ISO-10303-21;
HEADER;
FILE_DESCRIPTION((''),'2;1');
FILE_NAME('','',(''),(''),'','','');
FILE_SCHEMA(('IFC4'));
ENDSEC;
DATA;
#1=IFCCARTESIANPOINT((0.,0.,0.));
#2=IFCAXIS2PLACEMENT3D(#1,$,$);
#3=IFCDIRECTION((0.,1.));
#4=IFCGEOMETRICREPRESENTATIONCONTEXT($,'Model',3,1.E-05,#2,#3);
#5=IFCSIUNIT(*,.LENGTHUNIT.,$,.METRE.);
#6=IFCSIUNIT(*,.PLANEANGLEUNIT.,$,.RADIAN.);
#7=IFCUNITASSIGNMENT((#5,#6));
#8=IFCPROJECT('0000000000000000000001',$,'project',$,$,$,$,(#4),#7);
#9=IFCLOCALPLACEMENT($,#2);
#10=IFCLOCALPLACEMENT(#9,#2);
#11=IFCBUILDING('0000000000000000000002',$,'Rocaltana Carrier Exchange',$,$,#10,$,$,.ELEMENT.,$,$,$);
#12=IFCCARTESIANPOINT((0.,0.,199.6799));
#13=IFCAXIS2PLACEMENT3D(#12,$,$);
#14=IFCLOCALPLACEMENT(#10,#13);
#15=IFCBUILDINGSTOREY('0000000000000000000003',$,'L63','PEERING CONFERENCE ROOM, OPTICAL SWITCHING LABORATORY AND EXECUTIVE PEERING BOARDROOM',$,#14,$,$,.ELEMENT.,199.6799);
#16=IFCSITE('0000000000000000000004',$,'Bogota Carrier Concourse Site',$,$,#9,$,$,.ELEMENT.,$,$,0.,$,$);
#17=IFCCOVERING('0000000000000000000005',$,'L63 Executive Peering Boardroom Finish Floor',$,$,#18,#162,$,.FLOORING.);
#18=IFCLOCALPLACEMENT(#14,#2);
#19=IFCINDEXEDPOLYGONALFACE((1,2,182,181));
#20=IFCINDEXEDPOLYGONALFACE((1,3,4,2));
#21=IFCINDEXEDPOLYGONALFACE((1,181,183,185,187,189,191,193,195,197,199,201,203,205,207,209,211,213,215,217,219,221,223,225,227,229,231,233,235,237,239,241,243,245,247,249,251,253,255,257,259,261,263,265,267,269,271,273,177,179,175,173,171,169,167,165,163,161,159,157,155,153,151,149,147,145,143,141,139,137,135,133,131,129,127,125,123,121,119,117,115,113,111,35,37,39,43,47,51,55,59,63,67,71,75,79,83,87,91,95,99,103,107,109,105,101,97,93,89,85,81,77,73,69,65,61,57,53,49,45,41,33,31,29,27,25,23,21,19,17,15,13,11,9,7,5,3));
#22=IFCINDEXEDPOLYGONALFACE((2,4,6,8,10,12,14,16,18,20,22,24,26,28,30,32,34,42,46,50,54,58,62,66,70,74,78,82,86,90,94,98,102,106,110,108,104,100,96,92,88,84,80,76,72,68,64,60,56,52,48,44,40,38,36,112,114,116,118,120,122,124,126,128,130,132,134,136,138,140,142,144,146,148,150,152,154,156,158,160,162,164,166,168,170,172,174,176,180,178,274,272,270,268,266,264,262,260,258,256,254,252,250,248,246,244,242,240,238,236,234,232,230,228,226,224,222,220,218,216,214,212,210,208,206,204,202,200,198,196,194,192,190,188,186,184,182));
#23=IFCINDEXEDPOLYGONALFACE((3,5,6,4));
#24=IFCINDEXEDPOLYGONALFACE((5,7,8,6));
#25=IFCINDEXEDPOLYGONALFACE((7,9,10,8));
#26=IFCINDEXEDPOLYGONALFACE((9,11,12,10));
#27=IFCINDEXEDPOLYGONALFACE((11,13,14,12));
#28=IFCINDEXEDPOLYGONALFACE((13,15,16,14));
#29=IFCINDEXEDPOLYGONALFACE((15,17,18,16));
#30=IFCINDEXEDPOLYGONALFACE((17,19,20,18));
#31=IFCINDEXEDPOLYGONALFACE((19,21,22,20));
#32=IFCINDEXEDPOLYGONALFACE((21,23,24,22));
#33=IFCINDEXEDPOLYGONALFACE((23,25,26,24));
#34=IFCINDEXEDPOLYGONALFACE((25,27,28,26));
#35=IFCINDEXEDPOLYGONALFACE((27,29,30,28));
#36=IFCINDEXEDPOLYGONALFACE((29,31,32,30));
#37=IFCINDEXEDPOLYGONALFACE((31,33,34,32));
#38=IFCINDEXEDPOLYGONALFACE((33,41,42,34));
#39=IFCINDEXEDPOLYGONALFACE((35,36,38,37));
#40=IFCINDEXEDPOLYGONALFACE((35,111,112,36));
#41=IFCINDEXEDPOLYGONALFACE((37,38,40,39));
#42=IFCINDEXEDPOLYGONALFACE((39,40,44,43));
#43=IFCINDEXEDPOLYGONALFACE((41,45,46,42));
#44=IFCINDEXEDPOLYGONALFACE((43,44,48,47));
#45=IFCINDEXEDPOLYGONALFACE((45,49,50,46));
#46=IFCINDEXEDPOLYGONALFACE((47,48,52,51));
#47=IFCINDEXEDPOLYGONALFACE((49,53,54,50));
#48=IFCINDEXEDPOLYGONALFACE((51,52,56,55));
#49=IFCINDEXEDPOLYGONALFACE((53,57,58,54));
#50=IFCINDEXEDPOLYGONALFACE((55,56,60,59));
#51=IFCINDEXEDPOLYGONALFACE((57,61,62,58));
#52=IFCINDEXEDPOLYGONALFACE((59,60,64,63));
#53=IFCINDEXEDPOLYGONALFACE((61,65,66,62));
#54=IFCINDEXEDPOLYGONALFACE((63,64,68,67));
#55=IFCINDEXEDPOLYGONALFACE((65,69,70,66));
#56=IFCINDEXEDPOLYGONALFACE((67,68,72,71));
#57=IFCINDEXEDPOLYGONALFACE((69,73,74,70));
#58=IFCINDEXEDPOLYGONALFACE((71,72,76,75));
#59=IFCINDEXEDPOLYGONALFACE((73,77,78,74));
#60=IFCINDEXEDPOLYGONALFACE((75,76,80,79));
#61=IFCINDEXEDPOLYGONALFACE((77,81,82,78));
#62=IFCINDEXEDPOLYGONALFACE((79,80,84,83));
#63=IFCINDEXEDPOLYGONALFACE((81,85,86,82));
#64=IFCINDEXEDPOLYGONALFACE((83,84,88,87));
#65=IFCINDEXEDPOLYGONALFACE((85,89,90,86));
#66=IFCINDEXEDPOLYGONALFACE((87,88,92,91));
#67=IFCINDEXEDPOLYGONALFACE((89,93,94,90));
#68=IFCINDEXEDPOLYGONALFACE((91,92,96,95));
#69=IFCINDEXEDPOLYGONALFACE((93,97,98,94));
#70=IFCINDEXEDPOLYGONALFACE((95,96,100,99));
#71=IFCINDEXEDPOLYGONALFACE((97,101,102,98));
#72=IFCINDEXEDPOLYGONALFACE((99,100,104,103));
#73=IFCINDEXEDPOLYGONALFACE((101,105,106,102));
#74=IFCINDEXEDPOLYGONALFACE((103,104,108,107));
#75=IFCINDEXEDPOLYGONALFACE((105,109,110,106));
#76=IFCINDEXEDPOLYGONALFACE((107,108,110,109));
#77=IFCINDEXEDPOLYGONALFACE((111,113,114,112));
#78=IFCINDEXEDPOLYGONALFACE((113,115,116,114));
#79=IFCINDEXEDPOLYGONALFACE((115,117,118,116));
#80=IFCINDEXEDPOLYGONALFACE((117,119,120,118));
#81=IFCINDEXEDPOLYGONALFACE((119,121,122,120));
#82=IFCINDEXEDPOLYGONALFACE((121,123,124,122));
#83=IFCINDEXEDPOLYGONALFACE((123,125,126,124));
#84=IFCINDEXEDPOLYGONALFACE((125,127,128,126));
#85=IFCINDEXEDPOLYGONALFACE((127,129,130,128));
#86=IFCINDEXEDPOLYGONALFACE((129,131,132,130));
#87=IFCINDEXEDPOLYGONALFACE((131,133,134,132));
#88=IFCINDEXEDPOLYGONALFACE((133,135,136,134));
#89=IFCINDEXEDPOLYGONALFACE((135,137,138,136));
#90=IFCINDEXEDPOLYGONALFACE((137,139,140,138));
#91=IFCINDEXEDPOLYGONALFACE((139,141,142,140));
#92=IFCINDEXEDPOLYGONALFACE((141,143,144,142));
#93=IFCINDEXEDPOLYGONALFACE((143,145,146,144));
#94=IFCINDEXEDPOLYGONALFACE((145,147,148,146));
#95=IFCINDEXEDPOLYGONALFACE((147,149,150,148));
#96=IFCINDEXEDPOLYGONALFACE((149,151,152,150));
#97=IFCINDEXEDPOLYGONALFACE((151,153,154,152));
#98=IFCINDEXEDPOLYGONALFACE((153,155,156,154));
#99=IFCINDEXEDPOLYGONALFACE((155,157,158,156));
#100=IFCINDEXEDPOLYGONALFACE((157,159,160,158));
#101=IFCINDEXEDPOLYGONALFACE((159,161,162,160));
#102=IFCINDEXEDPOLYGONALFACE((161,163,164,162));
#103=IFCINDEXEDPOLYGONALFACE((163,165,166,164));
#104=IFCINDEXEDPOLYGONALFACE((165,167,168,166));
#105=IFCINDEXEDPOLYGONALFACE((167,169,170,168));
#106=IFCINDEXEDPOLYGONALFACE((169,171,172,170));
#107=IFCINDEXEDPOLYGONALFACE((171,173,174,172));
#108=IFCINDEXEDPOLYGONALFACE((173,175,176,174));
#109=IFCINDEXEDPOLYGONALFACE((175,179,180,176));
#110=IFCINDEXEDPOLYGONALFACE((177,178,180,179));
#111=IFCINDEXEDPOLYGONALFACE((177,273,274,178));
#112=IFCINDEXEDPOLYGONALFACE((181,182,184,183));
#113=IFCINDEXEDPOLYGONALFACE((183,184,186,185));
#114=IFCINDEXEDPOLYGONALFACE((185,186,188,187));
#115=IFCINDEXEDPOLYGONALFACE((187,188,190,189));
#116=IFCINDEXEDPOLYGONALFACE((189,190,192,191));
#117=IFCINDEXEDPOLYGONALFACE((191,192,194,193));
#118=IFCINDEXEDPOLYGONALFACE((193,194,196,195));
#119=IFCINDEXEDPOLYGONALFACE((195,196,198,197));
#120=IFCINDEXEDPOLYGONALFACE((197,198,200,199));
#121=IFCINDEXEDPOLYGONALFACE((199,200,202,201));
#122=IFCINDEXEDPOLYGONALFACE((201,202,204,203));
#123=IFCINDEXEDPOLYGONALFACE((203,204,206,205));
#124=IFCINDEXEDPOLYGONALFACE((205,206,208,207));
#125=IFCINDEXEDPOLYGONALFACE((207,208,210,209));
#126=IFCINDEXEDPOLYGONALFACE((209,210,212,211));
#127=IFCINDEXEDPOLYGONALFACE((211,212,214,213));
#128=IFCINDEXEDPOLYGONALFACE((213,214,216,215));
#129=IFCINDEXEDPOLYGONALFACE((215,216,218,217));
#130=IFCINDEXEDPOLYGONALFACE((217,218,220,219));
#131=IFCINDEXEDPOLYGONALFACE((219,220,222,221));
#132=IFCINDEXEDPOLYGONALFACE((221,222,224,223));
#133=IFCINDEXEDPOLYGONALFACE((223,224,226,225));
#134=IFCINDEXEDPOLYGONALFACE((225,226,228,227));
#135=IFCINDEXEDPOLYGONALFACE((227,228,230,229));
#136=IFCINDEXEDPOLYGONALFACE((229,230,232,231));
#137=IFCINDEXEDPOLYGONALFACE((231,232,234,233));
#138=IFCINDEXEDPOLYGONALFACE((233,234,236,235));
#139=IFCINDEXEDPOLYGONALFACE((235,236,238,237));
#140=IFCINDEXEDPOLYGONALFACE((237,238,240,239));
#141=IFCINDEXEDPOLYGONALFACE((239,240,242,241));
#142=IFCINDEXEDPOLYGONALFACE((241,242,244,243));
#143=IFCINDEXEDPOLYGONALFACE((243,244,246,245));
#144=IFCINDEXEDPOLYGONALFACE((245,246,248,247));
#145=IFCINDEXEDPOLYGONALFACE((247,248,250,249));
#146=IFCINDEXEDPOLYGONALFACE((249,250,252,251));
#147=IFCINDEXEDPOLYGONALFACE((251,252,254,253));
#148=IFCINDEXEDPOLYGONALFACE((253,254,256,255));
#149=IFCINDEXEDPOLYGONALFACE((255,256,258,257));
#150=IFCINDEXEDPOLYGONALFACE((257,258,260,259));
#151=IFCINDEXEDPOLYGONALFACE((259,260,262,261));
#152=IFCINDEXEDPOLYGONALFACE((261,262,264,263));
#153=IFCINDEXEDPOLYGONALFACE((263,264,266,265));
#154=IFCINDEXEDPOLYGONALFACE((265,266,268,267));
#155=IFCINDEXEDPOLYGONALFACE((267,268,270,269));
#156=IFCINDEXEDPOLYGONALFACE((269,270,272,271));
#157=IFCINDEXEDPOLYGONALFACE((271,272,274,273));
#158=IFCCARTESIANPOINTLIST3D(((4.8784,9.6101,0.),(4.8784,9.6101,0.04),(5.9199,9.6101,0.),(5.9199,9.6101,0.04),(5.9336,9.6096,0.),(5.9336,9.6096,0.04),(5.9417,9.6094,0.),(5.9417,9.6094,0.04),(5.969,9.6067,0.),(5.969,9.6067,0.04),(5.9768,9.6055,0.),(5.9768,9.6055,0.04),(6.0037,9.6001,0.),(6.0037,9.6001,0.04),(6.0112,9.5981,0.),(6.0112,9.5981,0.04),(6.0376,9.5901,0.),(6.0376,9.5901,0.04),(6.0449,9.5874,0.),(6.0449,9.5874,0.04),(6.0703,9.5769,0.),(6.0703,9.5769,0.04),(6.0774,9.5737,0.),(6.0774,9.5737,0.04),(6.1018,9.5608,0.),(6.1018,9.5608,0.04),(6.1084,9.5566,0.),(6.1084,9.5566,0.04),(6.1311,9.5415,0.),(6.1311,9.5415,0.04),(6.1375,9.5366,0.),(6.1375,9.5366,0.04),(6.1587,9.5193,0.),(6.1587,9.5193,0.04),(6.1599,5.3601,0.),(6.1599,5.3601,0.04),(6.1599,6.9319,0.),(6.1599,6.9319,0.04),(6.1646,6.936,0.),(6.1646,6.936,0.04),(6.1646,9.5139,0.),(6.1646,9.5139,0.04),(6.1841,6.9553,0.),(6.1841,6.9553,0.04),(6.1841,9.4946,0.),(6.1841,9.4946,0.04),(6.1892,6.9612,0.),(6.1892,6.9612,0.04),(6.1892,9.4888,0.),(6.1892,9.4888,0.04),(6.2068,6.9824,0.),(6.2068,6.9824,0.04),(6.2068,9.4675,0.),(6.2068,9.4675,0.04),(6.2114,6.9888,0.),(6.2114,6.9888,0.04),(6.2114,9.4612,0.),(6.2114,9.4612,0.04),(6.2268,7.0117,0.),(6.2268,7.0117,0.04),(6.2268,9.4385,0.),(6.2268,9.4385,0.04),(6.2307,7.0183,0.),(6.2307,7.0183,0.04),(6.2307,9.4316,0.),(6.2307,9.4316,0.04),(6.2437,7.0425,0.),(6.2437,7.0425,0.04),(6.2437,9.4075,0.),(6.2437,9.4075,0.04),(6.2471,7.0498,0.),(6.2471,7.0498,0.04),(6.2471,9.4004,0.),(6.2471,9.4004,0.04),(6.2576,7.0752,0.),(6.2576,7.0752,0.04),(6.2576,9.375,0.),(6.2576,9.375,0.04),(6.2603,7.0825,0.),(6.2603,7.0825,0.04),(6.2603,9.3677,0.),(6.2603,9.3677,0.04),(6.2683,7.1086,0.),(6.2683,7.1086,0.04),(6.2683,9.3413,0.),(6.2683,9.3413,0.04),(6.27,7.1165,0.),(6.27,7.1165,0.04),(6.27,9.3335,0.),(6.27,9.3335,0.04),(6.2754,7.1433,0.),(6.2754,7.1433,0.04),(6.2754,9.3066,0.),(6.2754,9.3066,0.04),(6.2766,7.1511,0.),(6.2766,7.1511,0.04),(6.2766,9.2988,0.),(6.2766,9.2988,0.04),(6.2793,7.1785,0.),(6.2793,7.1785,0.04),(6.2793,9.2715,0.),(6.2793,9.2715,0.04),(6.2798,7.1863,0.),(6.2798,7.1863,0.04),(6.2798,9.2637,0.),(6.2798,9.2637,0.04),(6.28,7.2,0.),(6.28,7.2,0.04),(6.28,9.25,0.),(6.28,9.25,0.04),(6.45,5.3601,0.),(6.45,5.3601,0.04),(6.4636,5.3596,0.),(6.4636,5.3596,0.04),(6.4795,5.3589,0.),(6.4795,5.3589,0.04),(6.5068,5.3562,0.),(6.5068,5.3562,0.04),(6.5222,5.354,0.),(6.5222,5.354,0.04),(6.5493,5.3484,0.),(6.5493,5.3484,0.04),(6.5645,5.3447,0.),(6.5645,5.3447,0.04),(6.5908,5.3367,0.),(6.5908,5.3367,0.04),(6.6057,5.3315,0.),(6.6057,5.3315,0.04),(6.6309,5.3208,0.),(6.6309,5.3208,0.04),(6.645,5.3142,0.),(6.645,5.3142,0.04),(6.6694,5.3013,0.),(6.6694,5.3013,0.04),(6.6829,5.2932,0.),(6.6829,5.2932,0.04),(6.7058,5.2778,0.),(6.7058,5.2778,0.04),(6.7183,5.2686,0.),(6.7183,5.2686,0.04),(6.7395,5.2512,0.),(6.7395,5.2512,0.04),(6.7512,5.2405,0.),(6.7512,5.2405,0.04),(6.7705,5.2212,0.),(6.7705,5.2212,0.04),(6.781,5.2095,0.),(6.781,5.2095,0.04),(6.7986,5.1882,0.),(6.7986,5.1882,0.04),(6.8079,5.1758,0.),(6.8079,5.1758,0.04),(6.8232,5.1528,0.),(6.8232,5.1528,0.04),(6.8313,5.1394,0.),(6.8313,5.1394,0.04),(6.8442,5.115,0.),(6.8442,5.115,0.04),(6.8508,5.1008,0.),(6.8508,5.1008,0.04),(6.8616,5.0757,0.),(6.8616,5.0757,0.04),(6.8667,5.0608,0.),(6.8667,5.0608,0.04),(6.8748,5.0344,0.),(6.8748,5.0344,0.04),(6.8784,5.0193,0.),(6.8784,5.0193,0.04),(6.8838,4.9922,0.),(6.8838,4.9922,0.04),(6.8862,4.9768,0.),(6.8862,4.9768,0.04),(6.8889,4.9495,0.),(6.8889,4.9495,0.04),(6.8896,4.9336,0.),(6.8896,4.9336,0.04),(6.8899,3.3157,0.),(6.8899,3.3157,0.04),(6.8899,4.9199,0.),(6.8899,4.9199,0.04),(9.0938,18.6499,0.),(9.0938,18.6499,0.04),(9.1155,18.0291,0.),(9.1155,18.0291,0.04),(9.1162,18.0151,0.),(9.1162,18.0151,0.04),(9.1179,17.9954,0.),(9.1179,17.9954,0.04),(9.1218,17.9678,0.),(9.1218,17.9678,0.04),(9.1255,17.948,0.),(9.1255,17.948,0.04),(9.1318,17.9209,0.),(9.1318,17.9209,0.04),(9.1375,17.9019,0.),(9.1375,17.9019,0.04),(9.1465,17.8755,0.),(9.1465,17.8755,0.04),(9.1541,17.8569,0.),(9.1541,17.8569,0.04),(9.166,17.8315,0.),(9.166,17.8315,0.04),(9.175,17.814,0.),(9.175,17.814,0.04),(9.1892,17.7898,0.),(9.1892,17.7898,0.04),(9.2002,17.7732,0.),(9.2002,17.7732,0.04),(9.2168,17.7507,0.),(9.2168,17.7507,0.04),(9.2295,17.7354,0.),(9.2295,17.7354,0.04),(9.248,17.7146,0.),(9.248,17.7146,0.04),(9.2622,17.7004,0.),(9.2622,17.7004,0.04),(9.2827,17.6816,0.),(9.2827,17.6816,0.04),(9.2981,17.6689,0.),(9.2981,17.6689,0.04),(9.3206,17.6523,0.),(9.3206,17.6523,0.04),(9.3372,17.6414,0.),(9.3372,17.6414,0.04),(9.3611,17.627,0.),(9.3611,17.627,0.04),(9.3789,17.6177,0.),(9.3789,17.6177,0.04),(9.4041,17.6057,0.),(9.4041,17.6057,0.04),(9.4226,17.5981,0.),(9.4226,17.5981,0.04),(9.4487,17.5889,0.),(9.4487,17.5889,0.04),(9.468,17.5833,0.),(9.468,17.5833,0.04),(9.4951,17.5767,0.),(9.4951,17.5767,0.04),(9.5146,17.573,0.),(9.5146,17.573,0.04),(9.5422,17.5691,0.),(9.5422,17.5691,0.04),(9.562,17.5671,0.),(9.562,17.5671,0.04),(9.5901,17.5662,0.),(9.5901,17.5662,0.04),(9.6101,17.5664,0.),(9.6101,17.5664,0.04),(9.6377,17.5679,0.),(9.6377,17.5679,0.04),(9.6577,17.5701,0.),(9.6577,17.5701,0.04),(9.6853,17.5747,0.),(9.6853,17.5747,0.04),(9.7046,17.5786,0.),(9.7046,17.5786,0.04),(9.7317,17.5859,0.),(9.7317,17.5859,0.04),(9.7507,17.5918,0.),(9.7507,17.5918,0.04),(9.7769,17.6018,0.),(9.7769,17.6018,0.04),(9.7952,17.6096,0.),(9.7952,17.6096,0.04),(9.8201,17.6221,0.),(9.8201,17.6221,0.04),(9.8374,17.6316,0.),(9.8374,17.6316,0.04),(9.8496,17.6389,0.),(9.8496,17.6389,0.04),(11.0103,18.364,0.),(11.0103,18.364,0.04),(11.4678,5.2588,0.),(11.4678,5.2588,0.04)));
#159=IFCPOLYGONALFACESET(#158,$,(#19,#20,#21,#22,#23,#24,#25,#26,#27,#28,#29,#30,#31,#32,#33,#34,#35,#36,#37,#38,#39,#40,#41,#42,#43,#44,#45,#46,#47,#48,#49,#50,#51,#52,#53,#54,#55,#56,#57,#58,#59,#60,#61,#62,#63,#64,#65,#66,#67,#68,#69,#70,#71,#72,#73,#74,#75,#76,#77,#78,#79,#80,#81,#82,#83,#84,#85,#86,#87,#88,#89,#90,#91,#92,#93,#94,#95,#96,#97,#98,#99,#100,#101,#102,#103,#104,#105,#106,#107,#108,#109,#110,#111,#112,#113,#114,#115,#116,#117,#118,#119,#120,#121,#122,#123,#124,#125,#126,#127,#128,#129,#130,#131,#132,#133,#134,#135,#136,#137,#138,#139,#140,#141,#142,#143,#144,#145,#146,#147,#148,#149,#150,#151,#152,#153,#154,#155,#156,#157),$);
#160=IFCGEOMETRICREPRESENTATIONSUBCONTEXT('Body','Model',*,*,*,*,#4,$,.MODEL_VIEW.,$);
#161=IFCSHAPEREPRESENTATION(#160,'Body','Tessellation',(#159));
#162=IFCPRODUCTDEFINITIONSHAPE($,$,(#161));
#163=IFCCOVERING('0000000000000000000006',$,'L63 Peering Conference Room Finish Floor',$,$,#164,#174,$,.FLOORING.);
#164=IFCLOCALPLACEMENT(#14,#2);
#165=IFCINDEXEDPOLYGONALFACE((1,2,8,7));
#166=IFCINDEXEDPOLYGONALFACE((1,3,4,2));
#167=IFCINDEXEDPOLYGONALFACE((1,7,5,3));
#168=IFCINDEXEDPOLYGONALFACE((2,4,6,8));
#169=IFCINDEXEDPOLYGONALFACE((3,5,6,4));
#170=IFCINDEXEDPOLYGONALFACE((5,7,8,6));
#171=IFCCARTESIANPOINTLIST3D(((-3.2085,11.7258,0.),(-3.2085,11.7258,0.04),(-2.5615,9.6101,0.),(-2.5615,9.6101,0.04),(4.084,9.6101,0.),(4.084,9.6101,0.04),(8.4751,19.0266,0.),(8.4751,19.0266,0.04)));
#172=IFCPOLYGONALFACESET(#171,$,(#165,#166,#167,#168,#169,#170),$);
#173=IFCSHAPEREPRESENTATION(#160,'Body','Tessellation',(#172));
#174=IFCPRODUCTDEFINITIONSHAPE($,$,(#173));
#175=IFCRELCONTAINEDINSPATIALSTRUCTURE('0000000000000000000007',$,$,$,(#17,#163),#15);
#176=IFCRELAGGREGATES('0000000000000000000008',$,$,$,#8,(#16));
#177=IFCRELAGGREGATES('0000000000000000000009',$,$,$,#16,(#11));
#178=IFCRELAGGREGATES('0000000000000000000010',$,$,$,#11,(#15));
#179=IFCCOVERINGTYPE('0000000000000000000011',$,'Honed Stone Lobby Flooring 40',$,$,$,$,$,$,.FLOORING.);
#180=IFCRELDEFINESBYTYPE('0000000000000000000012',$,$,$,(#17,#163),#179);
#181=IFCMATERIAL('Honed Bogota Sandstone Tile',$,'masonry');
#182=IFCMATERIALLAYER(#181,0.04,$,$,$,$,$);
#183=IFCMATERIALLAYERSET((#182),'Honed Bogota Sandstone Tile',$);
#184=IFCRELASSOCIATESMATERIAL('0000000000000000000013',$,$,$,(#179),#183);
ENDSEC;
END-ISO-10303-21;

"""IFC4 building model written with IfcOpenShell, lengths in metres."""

from ifc_helpers import new_model, si_unit, direction, frame, origin, place, context, subcontext, project, spatial, polyline, outline, extrude, material, layer, layer_set, type_object, element, save


model = new_model("IFC4")

# Units and contexts
model_context = context("Model", 3, precision=1e-05, world=origin(), true_north=direction((0.0, 1.0)))
body_context = subcontext(model_context, "Body", "Model", "MODEL_VIEW")
ifc_project = project(units=[si_unit("LENGTHUNIT", "METRE"), si_unit("PLANEANGLEUNIT", "RADIAN")], contexts=[model_context])

# Site, building, storey
site_placement = place(None, origin())
site = spatial("IfcSite", under=ifc_project, at=site_placement, Name="Bogota Carrier Concourse Site", CompositionType="ELEMENT", RefElevation=0.0)
building_placement = place(site_placement, origin())
building = spatial("IfcBuilding", under=site, at=building_placement, Name="Rocaltana Carrier Exchange", CompositionType="ELEMENT")
storey_placement = place(building_placement, frame((0.0, 0.0, 199.6799)))
storey = spatial("IfcBuildingStorey", under=building, at=storey_placement, Name="L63", Description="PEERING CONFERENCE ROOM, OPTICAL SWITCHING LABORATORY AND EXECUTIVE PEERING BOARDROOM", CompositionType="ELEMENT", Elevation=199.6799)

# Coverings
ifc_material_1 = material(Name="Honed Bogota Sandstone Tile", Category="masonry")
ifc_layer_1 = layer(ifc_material_1, 0.04)
ifc_layer_set_1 = layer_set([ifc_layer_1], Name="Honed Bogota Sandstone Tile")
covering_type_1 = type_object("IfcCoveringType", Name="Honed Stone Lobby Flooring 40", PredefinedType="FLOORING", material=ifc_layer_set_1)
covering_1_placement = place(storey_placement, origin())
element("IfcCovering", 1, at=covering_1_placement, inside=storey, type_object=covering_type_1, Name="L63 Executive Peering Boardroom Finish Floor", PredefinedType="FLOORING", context=body_context, shape_type="SweptSolid", body=[
    extrude(outline(polyline([(6.1599, 6.9319), (6.1646, 6.936), (6.1841, 6.9553), (6.1892, 6.9612), (6.2068, 6.9824), (6.2114, 6.9888), (6.2268, 7.0117), (6.2307, 7.0183), (6.2437, 7.0425), (6.2471, 7.0498), (6.2576, 7.0752), (6.2603, 7.0825), (6.2683, 7.1086), (6.27, 7.1165), (6.2754, 7.1433), (6.2766, 7.1511), (6.2793, 7.1785), (6.2798, 7.1863), (6.28, 7.2), (6.28, 9.25), (6.2798, 9.2637), (6.2793, 9.2715), (6.2766, 9.2988), (6.2754, 9.3066), (6.27, 9.3335), (6.2683, 9.3413), (6.2603, 9.3677), (6.2576, 9.375), (6.2471, 9.4004), (6.2437, 9.4075), (6.2307, 9.4316), (6.2268, 9.4385), (6.2114, 9.4612), (6.2068, 9.4675), (6.1892, 9.4888), (6.1841, 9.4946), (6.1646, 9.5139), (6.1587, 9.5193), (6.1375, 9.5366), (6.1311, 9.5415), (6.1084, 9.5566), (6.1018, 9.5608), (6.0774, 9.5737), (6.0703, 9.5769), (6.0449, 9.5874), (6.0376, 9.5901), (6.0112, 9.5981), (6.0037, 9.6001), (5.9768, 9.6055), (5.969, 9.6067), (5.9417, 9.6094), (5.9336, 9.6096), (5.9199, 9.6101), (4.8784, 9.6101), (9.0938, 18.6499), (9.1155, 18.0291), (9.1162, 18.0151), (9.1179, 17.9954), (9.1218, 17.9678), (9.1255, 17.948), (9.1318, 17.9209), (9.1375, 17.9019), (9.1465, 17.8755), (9.1541, 17.8569), (9.166, 17.8315), (9.175, 17.814), (9.1892, 17.7898), (9.2002, 17.7732), (9.2168, 17.7507), (9.2295, 17.7354), (9.248, 17.7146), (9.2622, 17.7004), (9.2827, 17.6816), (9.2981, 17.6689), (9.3206, 17.6523), (9.3372, 17.6414), (9.3611, 17.627), (9.3789, 17.6177), (9.4041, 17.6057), (9.4226, 17.5981), (9.4487, 17.5889), (9.468, 17.5833), (9.4951, 17.5767), (9.5146, 17.573), (9.5422, 17.5691), (9.562, 17.5671), (9.5901, 17.5662), (9.6101, 17.5664), (9.6377, 17.5679), (9.6577, 17.5701), (9.6853, 17.5747), (9.7046, 17.5786), (9.7317, 17.5859), (9.7507, 17.5918), (9.7769, 17.6018), (9.7952, 17.6096), (9.8201, 17.6221), (9.8374, 17.6316), (9.8496, 17.6389), (11.0103, 18.364), (11.4678, 5.2588), (6.8899, 3.3157), (6.8899, 4.9199), (6.8896, 4.9336), (6.8889, 4.9495), (6.8862, 4.9768), (6.8838, 4.9922), (6.8784, 5.0193), (6.8748, 5.0344), (6.8667, 5.0608), (6.8616, 5.0757), (6.8508, 5.1008), (6.8442, 5.115), (6.8313, 5.1394), (6.8232, 5.1528), (6.8079, 5.1758), (6.7986, 5.1882), (6.781, 5.2095), (6.7705, 5.2212), (6.7512, 5.2405), (6.7395, 5.2512), (6.7183, 5.2686), (6.7058, 5.2778), (6.6829, 5.2932), (6.6694, 5.3013), (6.645, 5.3142), (6.6309, 5.3208), (6.6057, 5.3315), (6.5908, 5.3367), (6.5645, 5.3447), (6.5493, 5.3484), (6.5222, 5.354), (6.5068, 5.3562), (6.4795, 5.3589), (6.4636, 5.3596), (6.45, 5.3601), (6.1599, 5.3601), (6.1599, 6.9319)])), origin(), (0.0, 0.0, 1.0), 0.04),
])
covering_2_placement = place(storey_placement, origin())
element("IfcCovering", 2, at=covering_2_placement, inside=storey, type_object=covering_type_1, Name="L63 Peering Conference Room Finish Floor", PredefinedType="FLOORING", context=body_context, shape_type="SweptSolid", body=[
    extrude(outline(polyline([(8.4751, 19.0266), (4.084, 9.6101), (-2.5615, 9.6101), (-3.2085, 11.7258), (8.4751, 19.0266)])), origin(), (0.0, 0.0, 1.0), 0.04),
])

save(model, "model.ifc")
